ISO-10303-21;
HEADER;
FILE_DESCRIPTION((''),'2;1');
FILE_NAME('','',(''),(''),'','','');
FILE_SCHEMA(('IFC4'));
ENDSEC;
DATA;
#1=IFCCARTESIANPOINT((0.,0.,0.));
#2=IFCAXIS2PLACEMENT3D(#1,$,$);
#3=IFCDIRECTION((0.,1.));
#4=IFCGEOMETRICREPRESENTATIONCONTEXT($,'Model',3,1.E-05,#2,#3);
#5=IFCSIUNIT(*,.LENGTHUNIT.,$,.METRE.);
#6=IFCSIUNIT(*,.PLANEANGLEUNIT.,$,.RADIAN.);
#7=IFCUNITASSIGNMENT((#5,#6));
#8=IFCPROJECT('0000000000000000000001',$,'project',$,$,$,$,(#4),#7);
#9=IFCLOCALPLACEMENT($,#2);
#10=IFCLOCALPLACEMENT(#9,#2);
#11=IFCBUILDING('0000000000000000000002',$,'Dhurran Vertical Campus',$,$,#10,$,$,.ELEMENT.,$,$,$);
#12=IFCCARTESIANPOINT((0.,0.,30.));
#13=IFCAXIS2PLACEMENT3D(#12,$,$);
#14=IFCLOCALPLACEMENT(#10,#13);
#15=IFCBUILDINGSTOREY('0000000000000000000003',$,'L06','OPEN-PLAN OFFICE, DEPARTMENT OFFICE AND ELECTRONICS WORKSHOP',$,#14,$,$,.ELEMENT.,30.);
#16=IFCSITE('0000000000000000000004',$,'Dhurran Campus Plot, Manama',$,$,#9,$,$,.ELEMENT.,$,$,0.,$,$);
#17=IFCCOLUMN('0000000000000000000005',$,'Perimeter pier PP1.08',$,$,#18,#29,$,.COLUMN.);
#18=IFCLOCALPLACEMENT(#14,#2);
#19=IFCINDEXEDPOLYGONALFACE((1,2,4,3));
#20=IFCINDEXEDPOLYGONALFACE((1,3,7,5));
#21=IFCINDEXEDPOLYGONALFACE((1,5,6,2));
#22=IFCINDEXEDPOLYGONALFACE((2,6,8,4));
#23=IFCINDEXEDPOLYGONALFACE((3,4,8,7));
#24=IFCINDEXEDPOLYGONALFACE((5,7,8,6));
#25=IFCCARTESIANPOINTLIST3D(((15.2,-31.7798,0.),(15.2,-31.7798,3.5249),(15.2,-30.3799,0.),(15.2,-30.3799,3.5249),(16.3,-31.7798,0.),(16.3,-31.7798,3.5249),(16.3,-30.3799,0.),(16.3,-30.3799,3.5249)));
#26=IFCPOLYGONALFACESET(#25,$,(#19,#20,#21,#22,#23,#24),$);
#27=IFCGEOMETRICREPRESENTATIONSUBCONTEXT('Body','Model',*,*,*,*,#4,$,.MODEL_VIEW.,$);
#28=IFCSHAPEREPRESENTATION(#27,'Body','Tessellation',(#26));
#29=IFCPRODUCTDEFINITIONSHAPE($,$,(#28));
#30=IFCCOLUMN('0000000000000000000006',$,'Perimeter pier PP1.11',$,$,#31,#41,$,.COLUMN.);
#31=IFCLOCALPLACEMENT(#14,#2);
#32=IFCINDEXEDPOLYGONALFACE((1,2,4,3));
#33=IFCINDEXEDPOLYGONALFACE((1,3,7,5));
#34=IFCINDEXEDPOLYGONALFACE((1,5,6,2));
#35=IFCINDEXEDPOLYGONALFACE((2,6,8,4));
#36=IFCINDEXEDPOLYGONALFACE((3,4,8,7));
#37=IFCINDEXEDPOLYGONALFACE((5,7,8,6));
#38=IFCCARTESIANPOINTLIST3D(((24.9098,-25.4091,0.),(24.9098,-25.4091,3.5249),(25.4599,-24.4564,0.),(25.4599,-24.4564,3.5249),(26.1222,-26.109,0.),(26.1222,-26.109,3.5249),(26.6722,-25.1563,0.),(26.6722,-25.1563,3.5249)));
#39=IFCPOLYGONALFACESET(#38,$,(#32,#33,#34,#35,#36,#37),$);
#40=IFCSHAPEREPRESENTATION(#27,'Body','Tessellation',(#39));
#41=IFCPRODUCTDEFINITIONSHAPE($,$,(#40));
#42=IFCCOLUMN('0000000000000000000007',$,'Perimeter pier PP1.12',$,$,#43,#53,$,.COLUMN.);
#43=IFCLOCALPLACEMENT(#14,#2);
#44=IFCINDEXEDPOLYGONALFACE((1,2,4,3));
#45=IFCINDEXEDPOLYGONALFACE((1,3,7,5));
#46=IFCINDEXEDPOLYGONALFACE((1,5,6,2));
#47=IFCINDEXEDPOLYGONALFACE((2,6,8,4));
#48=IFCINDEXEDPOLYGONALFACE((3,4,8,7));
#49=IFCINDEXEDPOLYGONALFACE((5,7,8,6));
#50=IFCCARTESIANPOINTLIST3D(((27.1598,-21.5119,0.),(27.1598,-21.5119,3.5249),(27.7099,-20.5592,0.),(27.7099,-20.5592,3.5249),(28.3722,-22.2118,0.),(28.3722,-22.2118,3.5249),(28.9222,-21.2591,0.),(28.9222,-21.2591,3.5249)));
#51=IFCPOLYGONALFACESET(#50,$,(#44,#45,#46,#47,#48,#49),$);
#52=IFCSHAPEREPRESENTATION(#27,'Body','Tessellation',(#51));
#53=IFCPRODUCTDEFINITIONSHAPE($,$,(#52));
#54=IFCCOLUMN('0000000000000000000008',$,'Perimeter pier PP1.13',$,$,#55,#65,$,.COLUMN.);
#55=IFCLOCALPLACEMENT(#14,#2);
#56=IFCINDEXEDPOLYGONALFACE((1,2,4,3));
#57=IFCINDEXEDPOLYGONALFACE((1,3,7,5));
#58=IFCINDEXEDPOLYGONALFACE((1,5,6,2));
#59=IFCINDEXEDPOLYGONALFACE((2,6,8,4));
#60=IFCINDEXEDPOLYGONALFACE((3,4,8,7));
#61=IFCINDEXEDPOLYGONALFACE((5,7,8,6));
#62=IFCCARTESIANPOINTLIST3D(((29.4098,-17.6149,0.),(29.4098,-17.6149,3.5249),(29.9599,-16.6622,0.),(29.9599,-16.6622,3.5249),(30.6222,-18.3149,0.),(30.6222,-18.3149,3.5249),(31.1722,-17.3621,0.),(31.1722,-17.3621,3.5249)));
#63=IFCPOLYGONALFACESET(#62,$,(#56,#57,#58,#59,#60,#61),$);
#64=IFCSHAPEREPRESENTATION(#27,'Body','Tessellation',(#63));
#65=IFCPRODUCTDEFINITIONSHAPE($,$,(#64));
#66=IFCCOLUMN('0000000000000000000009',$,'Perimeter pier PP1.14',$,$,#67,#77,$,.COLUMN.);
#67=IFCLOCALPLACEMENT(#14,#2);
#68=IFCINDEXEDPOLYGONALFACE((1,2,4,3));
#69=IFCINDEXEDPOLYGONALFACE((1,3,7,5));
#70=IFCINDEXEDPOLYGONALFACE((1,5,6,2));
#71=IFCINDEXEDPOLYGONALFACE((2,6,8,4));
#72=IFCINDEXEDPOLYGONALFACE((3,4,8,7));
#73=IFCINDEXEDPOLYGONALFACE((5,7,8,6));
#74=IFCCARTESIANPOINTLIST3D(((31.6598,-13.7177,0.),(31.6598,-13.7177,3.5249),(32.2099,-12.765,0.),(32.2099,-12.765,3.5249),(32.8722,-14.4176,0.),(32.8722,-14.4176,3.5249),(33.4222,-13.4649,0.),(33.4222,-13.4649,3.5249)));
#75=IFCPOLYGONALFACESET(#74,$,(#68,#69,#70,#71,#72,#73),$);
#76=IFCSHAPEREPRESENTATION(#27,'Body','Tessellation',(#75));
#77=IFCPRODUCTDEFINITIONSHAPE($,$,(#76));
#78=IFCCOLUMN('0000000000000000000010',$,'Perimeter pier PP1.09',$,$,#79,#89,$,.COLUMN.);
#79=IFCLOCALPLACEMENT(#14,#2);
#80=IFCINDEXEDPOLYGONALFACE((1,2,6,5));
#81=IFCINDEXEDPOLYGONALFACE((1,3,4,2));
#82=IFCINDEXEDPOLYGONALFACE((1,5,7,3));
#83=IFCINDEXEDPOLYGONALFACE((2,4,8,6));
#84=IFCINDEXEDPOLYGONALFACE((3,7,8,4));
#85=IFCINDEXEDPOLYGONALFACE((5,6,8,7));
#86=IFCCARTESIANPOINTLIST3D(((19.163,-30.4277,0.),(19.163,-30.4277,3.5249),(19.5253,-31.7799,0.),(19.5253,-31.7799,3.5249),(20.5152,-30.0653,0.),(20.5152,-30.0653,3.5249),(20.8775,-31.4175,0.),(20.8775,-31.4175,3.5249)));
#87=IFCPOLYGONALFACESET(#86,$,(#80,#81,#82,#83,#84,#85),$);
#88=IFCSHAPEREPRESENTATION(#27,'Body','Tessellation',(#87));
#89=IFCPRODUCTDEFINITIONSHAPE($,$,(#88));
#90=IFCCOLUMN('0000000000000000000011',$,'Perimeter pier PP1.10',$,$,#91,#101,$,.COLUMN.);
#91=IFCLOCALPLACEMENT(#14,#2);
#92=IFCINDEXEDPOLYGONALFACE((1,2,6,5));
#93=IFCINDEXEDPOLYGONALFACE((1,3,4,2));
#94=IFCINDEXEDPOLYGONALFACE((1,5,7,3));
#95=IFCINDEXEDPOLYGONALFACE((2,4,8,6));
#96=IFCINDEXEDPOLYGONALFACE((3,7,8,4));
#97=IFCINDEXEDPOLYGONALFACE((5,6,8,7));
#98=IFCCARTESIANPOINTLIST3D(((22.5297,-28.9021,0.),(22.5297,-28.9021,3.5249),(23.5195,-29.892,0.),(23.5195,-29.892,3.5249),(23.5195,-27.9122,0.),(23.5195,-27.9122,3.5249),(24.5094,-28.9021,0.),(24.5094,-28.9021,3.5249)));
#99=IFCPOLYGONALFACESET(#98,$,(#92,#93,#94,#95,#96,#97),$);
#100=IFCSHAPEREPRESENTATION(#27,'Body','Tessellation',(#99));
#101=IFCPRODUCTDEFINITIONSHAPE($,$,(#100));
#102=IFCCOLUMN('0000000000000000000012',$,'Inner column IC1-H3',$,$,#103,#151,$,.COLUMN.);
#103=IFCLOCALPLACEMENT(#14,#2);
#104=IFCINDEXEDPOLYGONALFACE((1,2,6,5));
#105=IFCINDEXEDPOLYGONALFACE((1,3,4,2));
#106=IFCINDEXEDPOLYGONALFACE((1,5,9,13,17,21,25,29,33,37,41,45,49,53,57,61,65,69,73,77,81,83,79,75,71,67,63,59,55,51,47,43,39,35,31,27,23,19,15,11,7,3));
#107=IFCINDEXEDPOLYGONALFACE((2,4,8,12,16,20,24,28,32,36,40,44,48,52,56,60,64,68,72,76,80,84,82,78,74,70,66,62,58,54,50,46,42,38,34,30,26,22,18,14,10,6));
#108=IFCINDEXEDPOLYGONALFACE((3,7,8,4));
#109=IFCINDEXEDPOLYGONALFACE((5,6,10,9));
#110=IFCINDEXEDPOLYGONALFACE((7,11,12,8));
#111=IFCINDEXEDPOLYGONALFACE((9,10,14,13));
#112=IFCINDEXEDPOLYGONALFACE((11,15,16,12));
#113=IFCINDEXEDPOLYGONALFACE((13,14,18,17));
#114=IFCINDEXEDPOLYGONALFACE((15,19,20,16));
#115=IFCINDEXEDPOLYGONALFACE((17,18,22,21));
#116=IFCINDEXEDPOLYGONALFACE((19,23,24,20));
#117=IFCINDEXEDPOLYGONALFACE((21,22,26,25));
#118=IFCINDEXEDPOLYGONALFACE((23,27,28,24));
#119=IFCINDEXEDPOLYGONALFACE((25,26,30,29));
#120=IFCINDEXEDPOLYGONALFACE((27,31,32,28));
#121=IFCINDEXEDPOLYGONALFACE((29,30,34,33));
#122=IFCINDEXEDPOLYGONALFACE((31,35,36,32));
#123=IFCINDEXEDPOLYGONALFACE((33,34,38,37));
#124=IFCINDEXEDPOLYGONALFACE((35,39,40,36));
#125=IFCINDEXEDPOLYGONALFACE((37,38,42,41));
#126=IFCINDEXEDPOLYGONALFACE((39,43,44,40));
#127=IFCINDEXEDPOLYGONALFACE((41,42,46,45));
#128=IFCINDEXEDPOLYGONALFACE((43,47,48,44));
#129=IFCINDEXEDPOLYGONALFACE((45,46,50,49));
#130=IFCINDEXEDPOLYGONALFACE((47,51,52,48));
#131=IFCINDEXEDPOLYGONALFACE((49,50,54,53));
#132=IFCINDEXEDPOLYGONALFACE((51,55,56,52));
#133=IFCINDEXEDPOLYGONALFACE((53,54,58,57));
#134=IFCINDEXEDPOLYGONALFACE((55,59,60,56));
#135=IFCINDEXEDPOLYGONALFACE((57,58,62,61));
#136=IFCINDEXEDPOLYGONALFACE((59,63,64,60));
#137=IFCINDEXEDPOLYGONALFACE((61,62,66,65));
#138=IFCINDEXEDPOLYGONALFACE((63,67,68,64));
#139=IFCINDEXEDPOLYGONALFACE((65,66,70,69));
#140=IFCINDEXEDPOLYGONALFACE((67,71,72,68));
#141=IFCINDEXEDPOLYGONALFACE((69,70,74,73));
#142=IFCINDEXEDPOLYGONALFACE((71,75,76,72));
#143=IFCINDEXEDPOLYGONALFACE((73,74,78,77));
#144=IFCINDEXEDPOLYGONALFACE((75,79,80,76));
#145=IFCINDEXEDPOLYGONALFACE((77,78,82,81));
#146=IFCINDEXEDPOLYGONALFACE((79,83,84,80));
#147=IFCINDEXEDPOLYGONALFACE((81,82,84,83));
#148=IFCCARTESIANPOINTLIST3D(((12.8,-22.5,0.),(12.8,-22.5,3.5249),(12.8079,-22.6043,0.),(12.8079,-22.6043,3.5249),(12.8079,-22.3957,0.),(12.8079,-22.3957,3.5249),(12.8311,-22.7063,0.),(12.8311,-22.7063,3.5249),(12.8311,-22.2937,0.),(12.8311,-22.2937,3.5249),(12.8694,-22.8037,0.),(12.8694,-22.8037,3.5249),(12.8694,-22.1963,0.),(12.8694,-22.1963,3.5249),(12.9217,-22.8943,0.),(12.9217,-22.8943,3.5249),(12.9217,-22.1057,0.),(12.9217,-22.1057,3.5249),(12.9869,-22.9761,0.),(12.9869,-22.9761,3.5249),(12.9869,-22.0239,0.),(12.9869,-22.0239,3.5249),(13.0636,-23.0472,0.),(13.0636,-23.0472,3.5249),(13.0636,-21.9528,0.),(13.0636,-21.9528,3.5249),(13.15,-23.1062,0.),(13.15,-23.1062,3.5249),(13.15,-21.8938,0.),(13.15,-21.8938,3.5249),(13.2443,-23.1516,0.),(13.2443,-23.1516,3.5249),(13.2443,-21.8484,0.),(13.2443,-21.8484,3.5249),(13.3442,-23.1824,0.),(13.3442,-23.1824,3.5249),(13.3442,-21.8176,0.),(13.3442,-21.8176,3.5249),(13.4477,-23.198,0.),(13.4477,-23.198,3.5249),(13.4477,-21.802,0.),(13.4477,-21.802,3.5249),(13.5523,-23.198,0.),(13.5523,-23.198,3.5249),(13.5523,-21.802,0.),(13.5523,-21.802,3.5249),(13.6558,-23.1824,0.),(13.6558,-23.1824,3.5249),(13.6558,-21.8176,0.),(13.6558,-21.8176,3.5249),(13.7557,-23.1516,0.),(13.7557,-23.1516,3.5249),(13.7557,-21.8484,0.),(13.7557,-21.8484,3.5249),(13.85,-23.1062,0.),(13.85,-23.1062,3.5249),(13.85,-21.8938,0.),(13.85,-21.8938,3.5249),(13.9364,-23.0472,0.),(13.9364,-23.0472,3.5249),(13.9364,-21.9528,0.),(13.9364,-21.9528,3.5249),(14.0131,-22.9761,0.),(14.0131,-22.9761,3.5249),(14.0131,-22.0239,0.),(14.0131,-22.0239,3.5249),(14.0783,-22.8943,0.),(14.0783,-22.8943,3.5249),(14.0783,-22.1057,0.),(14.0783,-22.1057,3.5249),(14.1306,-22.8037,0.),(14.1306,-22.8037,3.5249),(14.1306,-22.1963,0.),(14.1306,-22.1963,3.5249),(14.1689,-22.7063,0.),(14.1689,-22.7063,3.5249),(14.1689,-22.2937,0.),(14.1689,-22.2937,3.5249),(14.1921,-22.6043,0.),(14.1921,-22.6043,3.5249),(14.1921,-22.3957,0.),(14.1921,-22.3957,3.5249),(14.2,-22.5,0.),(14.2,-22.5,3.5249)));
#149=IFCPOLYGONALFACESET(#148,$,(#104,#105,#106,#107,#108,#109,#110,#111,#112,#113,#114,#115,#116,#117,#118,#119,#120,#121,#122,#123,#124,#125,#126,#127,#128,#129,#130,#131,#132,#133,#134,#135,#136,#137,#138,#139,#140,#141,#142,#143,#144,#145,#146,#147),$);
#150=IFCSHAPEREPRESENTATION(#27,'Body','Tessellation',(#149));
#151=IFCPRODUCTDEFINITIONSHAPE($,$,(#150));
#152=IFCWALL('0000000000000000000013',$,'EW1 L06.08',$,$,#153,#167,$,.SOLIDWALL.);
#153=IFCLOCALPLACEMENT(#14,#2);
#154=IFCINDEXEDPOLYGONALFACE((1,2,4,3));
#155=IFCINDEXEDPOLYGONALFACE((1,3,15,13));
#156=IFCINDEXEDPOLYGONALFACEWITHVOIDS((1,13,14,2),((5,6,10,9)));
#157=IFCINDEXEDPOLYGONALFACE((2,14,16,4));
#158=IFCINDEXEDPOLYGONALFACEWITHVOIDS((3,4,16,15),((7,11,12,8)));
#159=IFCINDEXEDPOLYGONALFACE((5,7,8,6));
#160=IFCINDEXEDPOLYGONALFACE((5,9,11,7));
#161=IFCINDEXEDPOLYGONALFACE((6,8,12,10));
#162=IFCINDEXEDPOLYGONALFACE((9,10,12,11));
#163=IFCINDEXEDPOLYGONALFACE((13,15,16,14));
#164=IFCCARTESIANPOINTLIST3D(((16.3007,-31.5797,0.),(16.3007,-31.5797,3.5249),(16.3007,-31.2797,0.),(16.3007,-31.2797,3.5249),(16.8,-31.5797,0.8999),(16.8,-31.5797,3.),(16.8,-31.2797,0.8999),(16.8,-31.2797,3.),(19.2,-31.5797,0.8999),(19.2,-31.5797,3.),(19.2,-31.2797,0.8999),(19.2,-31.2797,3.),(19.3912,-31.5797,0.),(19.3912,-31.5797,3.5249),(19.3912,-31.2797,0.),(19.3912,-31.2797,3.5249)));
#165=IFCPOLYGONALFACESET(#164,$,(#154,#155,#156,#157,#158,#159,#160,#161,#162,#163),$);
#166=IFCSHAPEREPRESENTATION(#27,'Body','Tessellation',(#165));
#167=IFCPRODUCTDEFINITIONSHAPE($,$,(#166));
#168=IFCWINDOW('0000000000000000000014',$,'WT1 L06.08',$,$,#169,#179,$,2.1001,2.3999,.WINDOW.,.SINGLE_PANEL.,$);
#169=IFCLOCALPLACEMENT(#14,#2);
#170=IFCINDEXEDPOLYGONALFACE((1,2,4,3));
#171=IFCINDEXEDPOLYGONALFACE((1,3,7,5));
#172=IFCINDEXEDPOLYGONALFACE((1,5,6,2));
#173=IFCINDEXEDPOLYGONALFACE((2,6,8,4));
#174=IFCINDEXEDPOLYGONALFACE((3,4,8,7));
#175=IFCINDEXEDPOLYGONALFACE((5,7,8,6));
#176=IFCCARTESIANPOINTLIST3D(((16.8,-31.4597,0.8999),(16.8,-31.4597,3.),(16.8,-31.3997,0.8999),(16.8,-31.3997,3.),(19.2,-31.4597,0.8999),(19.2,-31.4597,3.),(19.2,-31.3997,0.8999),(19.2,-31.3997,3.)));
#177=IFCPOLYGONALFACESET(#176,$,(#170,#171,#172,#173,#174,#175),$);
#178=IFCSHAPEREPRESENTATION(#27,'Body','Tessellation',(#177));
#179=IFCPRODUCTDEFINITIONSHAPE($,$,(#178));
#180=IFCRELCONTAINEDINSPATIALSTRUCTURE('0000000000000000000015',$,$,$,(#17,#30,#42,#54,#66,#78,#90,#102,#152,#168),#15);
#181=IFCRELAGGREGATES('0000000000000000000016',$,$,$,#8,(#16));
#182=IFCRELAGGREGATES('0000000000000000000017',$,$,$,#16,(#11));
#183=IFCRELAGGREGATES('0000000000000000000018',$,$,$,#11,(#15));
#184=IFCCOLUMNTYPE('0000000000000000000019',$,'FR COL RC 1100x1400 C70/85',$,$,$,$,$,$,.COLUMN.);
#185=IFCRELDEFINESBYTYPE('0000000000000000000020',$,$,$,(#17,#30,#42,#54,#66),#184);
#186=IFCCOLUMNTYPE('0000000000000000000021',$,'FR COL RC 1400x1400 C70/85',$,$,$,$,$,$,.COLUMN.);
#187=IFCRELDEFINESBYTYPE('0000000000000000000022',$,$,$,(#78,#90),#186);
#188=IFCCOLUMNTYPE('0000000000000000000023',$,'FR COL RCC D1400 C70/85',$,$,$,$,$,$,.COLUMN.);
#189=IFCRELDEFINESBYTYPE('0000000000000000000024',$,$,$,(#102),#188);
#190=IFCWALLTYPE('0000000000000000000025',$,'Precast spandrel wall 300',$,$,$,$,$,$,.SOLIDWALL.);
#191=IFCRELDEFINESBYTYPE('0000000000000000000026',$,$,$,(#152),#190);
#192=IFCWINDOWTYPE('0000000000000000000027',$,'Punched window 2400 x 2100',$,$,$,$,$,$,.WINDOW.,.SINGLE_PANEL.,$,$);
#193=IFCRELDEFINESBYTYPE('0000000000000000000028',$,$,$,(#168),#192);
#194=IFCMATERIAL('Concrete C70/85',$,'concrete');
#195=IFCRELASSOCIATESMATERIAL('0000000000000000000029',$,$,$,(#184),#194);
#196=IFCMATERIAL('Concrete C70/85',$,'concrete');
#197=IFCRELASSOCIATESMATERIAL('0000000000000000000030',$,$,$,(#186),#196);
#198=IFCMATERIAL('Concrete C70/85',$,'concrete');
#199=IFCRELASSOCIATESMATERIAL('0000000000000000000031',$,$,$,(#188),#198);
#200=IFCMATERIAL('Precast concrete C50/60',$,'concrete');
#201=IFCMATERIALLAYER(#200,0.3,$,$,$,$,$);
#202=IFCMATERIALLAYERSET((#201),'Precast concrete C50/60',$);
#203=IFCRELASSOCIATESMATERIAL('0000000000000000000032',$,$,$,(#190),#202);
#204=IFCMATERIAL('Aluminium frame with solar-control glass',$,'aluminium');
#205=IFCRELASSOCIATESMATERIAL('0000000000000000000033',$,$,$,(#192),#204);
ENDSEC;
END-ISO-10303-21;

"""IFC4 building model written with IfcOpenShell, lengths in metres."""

from ifc_helpers import new_model, si_unit, direction, frame, frame_2d, origin, origin_2d, place, context, subcontext, project, spatial, rectangle, circle, extrude, material, layer, layer_set, material_profile, profile_set, type_object, element, fill, save


model = new_model("IFC4")

# Units and contexts
model_context = context("Model", 3, precision=1e-05, world=origin(), true_north=direction((0.0, 1.0)))
body_context = subcontext(model_context, "Body", "Model", "MODEL_VIEW")
ifc_project = project(units=[si_unit("LENGTHUNIT", "METRE"), si_unit("PLANEANGLEUNIT", "RADIAN")], contexts=[model_context])

# Site, building, storey
site_placement = place(None, origin())
site = spatial("IfcSite", under=ifc_project, at=site_placement, Name="Dhurran Campus Plot, Manama", CompositionType="ELEMENT", RefElevation=0.0)
building_placement = place(site_placement, origin())
building = spatial("IfcBuilding", under=site, at=building_placement, Name="Dhurran Vertical Campus", CompositionType="ELEMENT")
storey_placement = place(building_placement, frame((0.0, 0.0, 30.0)))
storey = spatial("IfcBuildingStorey", under=building, at=storey_placement, Name="L06", Description="OPEN-PLAN OFFICE, DEPARTMENT OFFICE AND ELECTRONICS WORKSHOP", CompositionType="ELEMENT", Elevation=30.0)

# Columns
ifc_material_1 = material(Name="Concrete C70/85", Category="concrete")
ifc_material_profile_1 = material_profile(ifc_material_1, rectangle(XDim=1.1001, YDim=1.3999, at=origin_2d()), Name="RC 1100x1400")
ifc_profile_set_1 = profile_set([ifc_material_profile_1], Name="Concrete C70/85")
column_type_1 = type_object("IfcColumnType", Name="FR COL RC 1100x1400 C70/85", PredefinedType="COLUMN", material=ifc_profile_set_1)
for number, where, z_axis, x_axis, name in (
    (1, (15.75, -31.0798, 0.0), (0.0, 0.0, 1.0), (1.0, 0.0, 0.0), "Perimeter pier PP1.08"),
    (2, (25.791, -25.2827, 0.0), (0.0, 0.0, 1.0), (0.5, 0.866025, 0.0), "Perimeter pier PP1.11"),
    (3, (28.041, -21.3855, 0.0), (0.0, 0.0, 1.0), (0.5, 0.866025, 0.0), "Perimeter pier PP1.12"),
    (4, (30.291, -17.4885, 0.0), (0.0, 0.0, 1.0), (0.5, 0.866025, 0.0), "Perimeter pier PP1.13"),
    (5, (32.541, -13.5913, 0.0), (0.0, 0.0, 1.0), (0.5, 0.866025, 0.0), "Perimeter pier PP1.14"),
):
    element("IfcColumn", number, at=place(storey_placement, frame(where, z_axis=z_axis, x_axis=x_axis)), inside=storey, type_object=column_type_1, Name=name, PredefinedType="COLUMN", context=body_context, shape_type="SweptSolid", body=[
        extrude(rectangle(XDim=1.1001, YDim=1.3999, at=origin_2d()), origin(), (0.0, 0.0, 1.0), 3.5249),
    ])
ifc_material_2 = material(Name="Concrete C70/85", Category="concrete")
ifc_material_profile_2 = material_profile(ifc_material_2, rectangle(XDim=1.3999, YDim=1.3999, at=origin_2d()), Name="RC 1400x1400")
ifc_profile_set_2 = profile_set([ifc_material_profile_2], Name="Concrete C70/85")
column_type_2 = type_object("IfcColumnType", Name="FR COL RC 1400x1400 C70/85", PredefinedType="COLUMN", material=ifc_profile_set_2)
for number, where, z_axis, x_axis, name in (
    (6, (20.0203, -30.9226, 0.0), (0.0, 0.0, 1.0), (0.965926, 0.258819, 0.0), "Perimeter pier PP1.09"),
    (7, (23.5195, -28.9021, 0.0), (0.0, 0.0, 1.0), (0.707107, 0.707107, 0.0), "Perimeter pier PP1.10"),
):
    element("IfcColumn", number, at=place(storey_placement, frame(where, z_axis=z_axis, x_axis=x_axis)), inside=storey, type_object=column_type_2, Name=name, PredefinedType="COLUMN", context=body_context, shape_type="SweptSolid", body=[
        extrude(rectangle(XDim=1.3999, YDim=1.3999, at=origin_2d()), origin(), (0.0, 0.0, 1.0), 3.5249),
    ])
ifc_material_3 = material(Name="Concrete C70/85", Category="concrete")
ifc_material_profile_3 = material_profile(ifc_material_3, circle(Radius=0.7, at=origin_2d()), Name="RCC D1400")
ifc_profile_set_3 = profile_set([ifc_material_profile_3], Name="Concrete C70/85")
column_type_3 = type_object("IfcColumnType", Name="FR COL RCC D1400 C70/85", PredefinedType="COLUMN", material=ifc_profile_set_3)
column_placement = place(storey_placement, frame((13.5, -22.5, 0.0), z_axis=(0.0, 0.0, 1.0), x_axis=(1.0, 0.0, 0.0)))
element("IfcColumn", 8, at=column_placement, inside=storey, type_object=column_type_3, Name="Inner column IC1-H3", PredefinedType="COLUMN", context=body_context, shape_type="SweptSolid", body=[
    extrude(circle(Radius=0.7, at=origin_2d()), origin(), (0.0, 0.0, 1.0), 3.5249),
])

# Wall, opening, window
ifc_material_4 = material(Name="Precast concrete C50/60", Category="concrete")
ifc_layer_1 = layer(ifc_material_4, 0.3)
ifc_layer_set_1 = layer_set([ifc_layer_1], Name="Precast concrete C50/60")
wall_type_1 = type_object("IfcWallType", Name="Precast spandrel wall 300", PredefinedType="SOLIDWALL", material=ifc_layer_set_1)
wall_1_placement = place(storey_placement, frame((16.3005, -31.4297, 0.0), z_axis=(0.0, 0.0, 1.0), x_axis=(1.0, 0.0, 0.0)))
wall_1 = element("IfcWall", 9, at=wall_1_placement, inside=storey, type_object=wall_type_1, Name="EW1 L06.08", PredefinedType="SOLIDWALL", context=body_context, shape_type="SweptSolid", body=[
    extrude(rectangle(XDim=3.0906, YDim=0.3, at=frame_2d((1.5454, 0.0))), origin(), (0.0, 0.0, 1.0), 3.5249),
])
opening_1_placement = place(wall_1_placement, frame((0.4995, 0.0, 0.8999)))
opening_1 = element("IfcOpeningElement", 10, at=opening_1_placement, cuts=wall_1, PredefinedType="OPENING", context=body_context, shape_type="SweptSolid", body=[
    extrude(rectangle(XDim=2.3999, YDim=2.1001, at=frame_2d((1.2, 1.05))), frame((0.0, 0.1599, 0.0), z_axis=(0.0, -1.0, 0.0), x_axis=(1.0, 0.0, 0.0)), (0.0, 0.0, 1.0), 0.3201),
])
ifc_material_5 = material(Name="Aluminium frame with solar-control glass", Category="aluminium")
window_type = type_object("IfcWindowType", Name="Punched window 2400 x 2100", PartitioningType="SINGLE_PANEL", PredefinedType="WINDOW", material=ifc_material_5)
window_1_placement = place(opening_1_placement, origin())
window_1 = element("IfcWindow", 11, at=window_1_placement, inside=storey, type_object=window_type, Name="WT1 L06.08", OverallHeight=2.1001, OverallWidth=2.3999, PartitioningType="SINGLE_PANEL", PredefinedType="WINDOW", context=body_context, shape_type="SweptSolid", body=[
    extrude(rectangle(XDim=2.3999, YDim=2.1001, at=frame_2d((1.2, 1.05))), frame((0.0, 0.03, 0.0), z_axis=(0.0, -1.0, 0.0), x_axis=(1.0, 0.0, 0.0)), (0.0, 0.0, 1.0), 0.0601),
])
fill(opening_1, window_1)

save(model, "model.ifc")
